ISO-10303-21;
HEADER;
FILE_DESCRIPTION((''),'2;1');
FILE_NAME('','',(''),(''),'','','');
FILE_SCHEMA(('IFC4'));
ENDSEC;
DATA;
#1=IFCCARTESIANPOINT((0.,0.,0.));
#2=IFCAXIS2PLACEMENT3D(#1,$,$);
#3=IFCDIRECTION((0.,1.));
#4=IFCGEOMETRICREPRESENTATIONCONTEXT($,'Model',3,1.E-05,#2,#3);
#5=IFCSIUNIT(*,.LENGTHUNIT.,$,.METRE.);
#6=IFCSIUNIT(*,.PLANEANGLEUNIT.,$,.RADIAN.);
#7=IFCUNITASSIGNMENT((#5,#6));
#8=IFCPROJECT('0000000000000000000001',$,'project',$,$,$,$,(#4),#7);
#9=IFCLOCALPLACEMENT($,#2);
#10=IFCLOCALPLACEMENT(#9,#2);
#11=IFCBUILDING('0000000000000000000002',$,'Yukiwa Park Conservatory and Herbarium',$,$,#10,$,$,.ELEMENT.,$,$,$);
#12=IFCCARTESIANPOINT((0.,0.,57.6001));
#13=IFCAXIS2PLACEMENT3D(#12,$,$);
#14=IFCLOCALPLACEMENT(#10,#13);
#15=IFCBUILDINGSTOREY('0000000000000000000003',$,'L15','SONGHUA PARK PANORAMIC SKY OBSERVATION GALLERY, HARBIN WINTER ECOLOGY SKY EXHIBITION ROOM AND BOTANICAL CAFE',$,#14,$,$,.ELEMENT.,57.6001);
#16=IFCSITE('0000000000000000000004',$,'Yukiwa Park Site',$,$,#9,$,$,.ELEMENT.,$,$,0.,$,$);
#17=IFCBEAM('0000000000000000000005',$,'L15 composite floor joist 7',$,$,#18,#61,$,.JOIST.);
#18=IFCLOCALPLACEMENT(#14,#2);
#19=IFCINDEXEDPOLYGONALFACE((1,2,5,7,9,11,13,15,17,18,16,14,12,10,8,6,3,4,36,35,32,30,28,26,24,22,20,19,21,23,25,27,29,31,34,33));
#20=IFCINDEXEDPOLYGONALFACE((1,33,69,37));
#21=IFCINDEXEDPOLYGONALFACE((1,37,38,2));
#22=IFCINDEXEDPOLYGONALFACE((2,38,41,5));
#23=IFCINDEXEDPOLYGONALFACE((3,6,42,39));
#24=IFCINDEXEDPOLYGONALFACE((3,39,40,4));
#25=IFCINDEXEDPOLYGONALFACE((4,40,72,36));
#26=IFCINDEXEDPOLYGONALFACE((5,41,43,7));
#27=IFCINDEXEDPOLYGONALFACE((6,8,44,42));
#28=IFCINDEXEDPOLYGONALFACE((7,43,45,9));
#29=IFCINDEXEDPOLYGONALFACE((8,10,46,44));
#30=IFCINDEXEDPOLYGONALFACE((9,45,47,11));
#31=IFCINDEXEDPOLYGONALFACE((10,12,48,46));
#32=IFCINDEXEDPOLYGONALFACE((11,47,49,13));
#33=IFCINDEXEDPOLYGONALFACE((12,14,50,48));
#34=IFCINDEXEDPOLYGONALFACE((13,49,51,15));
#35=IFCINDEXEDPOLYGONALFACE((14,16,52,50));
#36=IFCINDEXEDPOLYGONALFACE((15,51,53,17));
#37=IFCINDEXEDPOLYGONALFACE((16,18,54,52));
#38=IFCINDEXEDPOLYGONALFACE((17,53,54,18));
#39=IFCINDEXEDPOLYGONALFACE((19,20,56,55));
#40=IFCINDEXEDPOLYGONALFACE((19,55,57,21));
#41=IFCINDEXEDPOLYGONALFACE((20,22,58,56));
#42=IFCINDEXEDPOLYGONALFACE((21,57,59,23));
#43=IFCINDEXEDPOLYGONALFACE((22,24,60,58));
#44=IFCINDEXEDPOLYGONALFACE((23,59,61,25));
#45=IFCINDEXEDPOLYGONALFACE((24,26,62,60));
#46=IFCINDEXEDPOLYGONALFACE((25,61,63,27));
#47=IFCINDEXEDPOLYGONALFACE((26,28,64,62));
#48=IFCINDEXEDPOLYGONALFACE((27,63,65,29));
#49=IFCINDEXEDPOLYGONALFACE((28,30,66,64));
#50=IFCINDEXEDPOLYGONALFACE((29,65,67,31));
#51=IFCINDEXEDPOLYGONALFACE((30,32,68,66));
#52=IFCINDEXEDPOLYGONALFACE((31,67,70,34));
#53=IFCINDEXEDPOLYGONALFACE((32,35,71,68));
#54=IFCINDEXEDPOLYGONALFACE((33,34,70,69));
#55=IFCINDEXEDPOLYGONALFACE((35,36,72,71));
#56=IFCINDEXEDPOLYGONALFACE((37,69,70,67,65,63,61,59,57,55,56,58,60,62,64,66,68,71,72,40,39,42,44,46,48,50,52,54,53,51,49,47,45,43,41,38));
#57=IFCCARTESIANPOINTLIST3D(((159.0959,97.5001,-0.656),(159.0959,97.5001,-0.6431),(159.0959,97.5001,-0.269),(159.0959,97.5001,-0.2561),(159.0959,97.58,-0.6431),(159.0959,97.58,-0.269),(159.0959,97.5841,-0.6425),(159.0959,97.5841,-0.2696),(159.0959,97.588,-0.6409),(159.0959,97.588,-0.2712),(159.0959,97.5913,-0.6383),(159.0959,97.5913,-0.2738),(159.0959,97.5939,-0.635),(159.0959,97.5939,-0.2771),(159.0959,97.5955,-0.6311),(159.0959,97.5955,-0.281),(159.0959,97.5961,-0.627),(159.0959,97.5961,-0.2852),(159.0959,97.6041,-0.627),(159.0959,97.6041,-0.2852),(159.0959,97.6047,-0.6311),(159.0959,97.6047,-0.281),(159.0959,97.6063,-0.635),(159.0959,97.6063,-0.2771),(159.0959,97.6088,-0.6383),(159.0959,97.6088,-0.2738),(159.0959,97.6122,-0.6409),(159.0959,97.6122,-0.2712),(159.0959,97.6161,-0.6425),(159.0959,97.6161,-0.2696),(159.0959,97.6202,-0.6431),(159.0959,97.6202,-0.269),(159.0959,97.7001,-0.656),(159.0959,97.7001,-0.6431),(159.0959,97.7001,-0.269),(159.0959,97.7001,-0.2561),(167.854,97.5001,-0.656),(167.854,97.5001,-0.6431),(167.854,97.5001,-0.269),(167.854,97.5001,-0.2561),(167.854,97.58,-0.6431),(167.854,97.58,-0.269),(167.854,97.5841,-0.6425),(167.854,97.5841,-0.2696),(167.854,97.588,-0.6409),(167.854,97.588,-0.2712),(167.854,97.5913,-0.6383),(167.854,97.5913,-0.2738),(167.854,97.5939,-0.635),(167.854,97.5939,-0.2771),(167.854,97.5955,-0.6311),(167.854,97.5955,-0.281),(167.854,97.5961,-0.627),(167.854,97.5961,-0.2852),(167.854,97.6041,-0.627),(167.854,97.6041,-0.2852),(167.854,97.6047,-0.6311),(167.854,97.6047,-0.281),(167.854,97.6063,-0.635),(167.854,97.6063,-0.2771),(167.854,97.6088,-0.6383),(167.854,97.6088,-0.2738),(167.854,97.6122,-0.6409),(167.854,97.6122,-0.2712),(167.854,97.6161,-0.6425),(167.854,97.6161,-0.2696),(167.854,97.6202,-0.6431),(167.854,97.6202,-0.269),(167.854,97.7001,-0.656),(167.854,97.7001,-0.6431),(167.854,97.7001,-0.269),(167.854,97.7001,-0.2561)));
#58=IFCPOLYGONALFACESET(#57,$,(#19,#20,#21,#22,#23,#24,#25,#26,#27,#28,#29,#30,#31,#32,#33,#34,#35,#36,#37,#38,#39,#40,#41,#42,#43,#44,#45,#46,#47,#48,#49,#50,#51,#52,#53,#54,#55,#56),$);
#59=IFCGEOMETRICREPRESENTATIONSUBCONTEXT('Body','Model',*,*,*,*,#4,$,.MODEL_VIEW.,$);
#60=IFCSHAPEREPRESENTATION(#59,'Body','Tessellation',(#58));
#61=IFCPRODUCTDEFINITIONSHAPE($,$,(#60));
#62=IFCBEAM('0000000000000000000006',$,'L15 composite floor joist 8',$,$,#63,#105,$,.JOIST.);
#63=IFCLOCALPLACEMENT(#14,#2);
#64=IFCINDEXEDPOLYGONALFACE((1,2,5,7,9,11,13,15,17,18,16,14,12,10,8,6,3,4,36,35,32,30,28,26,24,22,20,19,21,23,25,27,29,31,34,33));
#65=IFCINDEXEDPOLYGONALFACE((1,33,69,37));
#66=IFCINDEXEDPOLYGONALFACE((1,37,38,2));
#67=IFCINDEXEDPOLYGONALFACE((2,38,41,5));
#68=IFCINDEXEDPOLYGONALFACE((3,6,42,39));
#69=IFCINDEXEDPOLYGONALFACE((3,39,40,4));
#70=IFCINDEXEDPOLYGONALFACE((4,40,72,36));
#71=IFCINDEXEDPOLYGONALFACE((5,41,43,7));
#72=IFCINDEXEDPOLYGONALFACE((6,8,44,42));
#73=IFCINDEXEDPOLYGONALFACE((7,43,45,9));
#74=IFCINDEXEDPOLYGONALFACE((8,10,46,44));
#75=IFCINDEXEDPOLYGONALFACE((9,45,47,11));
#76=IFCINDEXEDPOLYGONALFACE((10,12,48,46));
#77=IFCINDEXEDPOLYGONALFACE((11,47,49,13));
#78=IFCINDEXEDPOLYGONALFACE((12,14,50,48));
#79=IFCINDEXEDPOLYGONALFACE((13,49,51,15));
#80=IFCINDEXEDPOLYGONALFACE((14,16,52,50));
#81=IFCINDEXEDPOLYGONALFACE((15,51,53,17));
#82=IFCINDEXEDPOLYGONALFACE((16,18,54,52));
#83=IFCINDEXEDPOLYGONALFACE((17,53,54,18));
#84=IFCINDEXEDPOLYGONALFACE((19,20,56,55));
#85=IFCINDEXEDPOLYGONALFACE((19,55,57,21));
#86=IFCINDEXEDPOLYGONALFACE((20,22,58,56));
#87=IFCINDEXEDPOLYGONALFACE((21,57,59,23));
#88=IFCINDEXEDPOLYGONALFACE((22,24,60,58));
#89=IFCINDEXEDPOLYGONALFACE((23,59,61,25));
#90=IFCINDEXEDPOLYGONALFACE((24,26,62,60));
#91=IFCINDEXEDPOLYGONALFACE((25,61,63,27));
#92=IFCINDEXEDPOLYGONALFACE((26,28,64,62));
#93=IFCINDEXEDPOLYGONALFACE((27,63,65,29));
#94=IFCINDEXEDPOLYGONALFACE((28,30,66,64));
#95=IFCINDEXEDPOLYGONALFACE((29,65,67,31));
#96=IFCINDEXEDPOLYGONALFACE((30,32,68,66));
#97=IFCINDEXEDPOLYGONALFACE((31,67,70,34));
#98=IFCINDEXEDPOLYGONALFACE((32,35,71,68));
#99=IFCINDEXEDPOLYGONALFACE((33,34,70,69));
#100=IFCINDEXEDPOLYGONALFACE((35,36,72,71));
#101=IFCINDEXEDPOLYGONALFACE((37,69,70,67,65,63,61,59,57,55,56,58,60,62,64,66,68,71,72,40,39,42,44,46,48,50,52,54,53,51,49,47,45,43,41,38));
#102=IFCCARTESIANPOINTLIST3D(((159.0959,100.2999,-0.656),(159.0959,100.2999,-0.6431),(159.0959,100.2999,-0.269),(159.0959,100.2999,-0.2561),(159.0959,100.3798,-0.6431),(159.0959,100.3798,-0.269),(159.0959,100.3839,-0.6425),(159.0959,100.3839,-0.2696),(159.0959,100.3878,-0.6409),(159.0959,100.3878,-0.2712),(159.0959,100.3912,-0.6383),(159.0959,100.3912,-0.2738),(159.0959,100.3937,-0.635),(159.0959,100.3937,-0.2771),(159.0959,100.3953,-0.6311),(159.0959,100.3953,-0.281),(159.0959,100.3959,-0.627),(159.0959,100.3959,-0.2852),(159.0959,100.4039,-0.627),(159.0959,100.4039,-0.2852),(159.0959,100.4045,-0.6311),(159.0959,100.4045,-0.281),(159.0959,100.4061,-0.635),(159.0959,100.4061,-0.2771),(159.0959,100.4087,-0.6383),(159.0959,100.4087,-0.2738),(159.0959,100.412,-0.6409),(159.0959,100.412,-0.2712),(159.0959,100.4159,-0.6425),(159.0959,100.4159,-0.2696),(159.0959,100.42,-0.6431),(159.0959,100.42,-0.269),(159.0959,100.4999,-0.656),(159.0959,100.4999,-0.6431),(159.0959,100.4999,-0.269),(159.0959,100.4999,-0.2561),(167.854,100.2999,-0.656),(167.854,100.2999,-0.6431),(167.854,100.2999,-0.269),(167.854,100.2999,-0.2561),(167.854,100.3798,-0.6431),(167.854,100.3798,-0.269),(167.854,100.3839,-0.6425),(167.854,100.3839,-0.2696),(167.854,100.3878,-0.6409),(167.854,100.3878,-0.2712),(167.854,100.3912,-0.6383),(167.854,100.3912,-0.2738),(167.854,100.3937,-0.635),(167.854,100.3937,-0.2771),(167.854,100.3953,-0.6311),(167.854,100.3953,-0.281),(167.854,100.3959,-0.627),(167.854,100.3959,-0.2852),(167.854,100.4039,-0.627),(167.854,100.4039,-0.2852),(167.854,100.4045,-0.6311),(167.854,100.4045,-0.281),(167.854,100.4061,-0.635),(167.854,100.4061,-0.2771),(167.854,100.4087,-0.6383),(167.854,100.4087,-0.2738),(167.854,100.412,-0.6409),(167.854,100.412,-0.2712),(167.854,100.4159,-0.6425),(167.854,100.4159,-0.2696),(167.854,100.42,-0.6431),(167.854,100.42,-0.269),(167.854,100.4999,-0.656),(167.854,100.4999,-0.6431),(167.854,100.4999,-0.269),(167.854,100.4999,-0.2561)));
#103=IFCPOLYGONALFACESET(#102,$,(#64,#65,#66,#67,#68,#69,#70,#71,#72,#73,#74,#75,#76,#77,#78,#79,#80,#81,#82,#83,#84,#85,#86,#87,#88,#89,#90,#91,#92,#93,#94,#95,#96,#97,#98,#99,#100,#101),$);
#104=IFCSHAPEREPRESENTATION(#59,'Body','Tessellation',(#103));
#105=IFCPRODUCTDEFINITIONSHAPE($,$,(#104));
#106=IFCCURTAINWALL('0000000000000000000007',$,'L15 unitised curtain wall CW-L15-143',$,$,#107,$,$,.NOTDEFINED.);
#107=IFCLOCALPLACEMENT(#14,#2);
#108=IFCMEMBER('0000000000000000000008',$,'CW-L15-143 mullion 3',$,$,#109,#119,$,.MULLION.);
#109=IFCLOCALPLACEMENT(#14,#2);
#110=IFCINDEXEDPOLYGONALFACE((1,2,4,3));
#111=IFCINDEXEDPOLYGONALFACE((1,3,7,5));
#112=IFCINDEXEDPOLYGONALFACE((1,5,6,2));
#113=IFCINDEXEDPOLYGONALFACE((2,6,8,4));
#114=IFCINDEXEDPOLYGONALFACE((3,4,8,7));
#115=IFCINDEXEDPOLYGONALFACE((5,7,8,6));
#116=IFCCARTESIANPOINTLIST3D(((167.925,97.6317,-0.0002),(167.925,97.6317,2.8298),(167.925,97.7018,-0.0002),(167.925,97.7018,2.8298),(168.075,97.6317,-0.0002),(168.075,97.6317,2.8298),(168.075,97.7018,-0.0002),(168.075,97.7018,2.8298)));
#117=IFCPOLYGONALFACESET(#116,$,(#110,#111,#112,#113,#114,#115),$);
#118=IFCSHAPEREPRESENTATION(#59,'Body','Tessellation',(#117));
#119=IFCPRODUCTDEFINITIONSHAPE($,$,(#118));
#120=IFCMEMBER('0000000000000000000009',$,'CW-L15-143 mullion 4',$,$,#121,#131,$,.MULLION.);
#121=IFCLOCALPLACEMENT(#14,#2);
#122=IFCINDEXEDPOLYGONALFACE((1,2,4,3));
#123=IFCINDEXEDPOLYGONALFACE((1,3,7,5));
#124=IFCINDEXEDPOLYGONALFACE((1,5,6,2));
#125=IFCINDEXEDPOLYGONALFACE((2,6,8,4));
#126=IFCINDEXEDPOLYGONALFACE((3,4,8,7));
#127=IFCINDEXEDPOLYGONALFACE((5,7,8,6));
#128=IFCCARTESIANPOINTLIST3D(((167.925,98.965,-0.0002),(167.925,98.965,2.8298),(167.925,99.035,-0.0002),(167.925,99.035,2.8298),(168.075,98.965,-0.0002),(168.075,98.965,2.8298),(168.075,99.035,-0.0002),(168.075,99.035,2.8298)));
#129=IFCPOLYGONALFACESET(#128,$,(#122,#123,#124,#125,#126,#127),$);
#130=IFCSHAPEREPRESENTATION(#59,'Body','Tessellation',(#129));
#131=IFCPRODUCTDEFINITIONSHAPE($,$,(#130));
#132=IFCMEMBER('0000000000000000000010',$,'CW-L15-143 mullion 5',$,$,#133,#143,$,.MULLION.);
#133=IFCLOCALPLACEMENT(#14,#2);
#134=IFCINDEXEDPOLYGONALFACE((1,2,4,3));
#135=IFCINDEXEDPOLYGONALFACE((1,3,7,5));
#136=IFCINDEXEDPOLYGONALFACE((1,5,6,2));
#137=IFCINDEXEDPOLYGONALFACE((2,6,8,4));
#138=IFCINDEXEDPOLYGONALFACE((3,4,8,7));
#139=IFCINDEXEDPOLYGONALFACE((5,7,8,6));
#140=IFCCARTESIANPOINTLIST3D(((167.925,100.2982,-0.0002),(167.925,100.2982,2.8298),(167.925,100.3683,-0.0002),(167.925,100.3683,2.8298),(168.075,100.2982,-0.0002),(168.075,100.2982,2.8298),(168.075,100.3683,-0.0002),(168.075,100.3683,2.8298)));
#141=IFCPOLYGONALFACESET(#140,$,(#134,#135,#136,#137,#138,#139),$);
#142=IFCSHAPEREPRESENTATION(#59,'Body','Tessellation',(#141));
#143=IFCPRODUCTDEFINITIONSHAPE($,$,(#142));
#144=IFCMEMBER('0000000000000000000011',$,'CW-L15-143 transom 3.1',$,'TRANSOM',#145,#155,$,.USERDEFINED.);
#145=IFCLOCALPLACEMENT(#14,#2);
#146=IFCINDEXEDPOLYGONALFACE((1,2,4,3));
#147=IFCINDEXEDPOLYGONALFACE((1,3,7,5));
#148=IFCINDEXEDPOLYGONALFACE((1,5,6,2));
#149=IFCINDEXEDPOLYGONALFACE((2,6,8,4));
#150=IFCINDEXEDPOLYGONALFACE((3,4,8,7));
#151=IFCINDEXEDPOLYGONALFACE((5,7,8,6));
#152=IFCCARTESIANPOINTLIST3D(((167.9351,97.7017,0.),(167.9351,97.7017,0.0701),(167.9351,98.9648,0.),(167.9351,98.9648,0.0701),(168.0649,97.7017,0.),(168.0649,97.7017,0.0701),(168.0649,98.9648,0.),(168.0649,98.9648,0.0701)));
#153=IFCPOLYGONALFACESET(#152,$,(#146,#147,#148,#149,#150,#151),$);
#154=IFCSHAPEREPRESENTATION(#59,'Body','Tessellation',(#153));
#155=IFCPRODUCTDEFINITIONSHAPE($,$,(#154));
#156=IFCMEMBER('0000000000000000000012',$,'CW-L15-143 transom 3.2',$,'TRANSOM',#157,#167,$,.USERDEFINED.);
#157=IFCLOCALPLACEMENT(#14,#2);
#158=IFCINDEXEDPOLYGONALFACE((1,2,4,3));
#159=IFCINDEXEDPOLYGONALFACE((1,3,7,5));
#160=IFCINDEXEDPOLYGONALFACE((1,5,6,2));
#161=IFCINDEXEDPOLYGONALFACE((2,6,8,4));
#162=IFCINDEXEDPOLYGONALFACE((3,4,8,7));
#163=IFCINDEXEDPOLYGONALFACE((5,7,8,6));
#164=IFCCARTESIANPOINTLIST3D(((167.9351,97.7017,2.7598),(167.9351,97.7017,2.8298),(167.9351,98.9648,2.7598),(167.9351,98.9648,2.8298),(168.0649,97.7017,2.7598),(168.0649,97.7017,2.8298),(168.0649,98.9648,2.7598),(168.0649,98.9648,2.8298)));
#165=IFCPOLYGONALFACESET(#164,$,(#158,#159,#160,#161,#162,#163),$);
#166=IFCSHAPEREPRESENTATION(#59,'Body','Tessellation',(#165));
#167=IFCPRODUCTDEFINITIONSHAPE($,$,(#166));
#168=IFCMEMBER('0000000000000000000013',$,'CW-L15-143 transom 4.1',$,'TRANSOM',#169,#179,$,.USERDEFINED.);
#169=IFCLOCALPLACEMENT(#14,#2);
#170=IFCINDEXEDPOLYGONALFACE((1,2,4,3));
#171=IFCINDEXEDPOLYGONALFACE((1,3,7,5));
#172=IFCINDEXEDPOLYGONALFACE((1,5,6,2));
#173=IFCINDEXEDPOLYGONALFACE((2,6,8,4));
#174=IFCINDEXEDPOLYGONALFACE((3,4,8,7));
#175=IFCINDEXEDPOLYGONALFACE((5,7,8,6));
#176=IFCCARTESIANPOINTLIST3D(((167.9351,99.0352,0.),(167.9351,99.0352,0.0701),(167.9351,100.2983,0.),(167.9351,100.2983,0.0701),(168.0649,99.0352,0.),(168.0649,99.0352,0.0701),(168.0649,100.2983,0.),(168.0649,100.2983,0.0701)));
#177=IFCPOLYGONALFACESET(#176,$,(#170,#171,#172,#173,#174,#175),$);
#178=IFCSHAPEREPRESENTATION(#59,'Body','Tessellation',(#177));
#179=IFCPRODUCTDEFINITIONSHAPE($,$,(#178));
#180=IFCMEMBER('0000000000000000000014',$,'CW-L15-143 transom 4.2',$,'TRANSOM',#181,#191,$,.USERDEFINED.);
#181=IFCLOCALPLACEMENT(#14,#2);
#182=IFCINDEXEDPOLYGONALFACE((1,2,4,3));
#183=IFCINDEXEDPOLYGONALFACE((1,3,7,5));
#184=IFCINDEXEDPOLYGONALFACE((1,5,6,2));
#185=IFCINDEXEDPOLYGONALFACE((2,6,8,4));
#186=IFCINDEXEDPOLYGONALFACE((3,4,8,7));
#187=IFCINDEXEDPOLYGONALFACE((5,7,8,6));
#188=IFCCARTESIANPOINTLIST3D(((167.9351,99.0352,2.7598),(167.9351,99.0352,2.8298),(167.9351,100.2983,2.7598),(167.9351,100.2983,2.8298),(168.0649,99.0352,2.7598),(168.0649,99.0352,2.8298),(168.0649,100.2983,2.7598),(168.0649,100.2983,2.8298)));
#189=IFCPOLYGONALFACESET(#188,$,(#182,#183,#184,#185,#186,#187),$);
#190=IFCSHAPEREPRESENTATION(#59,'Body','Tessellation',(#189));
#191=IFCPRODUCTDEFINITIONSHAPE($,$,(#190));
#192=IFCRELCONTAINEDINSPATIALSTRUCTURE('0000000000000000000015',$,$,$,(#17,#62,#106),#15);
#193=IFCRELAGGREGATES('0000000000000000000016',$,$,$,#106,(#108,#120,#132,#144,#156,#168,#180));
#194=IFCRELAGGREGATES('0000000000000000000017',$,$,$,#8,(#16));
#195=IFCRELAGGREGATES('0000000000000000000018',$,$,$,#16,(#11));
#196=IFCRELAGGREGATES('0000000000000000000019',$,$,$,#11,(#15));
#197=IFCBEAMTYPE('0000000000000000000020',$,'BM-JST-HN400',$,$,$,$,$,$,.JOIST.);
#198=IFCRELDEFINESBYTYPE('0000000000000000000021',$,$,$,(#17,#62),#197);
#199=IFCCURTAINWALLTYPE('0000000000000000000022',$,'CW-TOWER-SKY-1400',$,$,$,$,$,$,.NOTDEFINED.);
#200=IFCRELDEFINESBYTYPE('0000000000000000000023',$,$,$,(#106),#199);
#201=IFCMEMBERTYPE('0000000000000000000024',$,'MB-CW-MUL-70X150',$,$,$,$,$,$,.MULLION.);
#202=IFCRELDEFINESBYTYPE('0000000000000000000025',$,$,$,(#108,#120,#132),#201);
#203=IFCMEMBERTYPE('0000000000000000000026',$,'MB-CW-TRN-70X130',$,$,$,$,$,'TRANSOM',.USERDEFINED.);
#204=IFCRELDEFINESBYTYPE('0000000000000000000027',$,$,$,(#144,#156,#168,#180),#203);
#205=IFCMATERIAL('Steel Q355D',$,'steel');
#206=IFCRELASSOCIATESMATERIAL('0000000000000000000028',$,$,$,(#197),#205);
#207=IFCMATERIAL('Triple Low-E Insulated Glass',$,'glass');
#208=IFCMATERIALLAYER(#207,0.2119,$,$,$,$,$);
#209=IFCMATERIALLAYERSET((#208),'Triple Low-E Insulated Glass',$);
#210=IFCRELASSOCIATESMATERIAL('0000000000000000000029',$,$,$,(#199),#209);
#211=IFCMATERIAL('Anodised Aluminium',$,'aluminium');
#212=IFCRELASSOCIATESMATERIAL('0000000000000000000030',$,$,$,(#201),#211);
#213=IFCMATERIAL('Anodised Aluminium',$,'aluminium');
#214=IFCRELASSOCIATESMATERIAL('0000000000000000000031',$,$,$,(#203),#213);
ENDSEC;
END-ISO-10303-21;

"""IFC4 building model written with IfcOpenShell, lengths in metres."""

from ifc_helpers import new_model, si_unit, direction, frame, origin, origin_2d, place, context, subcontext, project, spatial, rectangle, i_section, extrude, material, layer, layer_set, material_profile, profile_set, type_object, element, aggregate, save


model = new_model("IFC4")

# Units and contexts
model_context = context("Model", 3, precision=1e-05, world=origin(), true_north=direction((0.0, 1.0)))
body_context = subcontext(model_context, "Body", "Model", "MODEL_VIEW")
ifc_project = project(units=[si_unit("LENGTHUNIT", "METRE"), si_unit("PLANEANGLEUNIT", "RADIAN")], contexts=[model_context])

# Site, building, storey
site_placement = place(None, origin())
site = spatial("IfcSite", under=ifc_project, at=site_placement, Name="Yukiwa Park Site", CompositionType="ELEMENT", RefElevation=0.0)
building_placement = place(site_placement, origin())
building = spatial("IfcBuilding", under=site, at=building_placement, Name="Yukiwa Park Conservatory and Herbarium", CompositionType="ELEMENT")
storey_placement = place(building_placement, frame((0.0, 0.0, 57.6001)))
storey = spatial("IfcBuildingStorey", under=building, at=storey_placement, Name="L15", Description="SONGHUA PARK PANORAMIC SKY OBSERVATION GALLERY, HARBIN WINTER ECOLOGY SKY EXHIBITION ROOM AND BOTANICAL CAFE", CompositionType="ELEMENT", Elevation=57.6001)

# Beams
ifc_material_1 = material(Name="Steel Q355D", Category="steel")
ifc_material_profile_1 = material_profile(ifc_material_1, i_section(OverallWidth=0.2, OverallDepth=0.3999, WebThickness=0.0081, FlangeThickness=0.0129, FilletRadius=0.0161, at=origin_2d()), Name="HN 400x200x8x13")
ifc_profile_set_1 = profile_set([ifc_material_profile_1], Name="Steel Q355D")
beam_type_1 = type_object("IfcBeamType", Name="BM-JST-HN400", PredefinedType="JOIST", material=ifc_profile_set_1)
for number, where, z_axis, x_axis, name in (
    (1, (159.0959, 97.6001, -0.4561), (1.0, 0.0, 0.0), (0.0, 1.0, 0.0), "L15 composite floor joist 7"),
    (2, (159.0959, 100.3999, -0.4561), (1.0, 0.0, 0.0), (0.0, 1.0, 0.0), "L15 composite floor joist 8"),
):
    element("IfcBeam", number, at=place(storey_placement, frame(where, z_axis=z_axis, x_axis=x_axis)), inside=storey, type_object=beam_type_1, Name=name, PredefinedType="JOIST", context=body_context, shape_type="SweptSolid", body=[
        extrude(i_section(OverallWidth=0.2, OverallDepth=0.3999, WebThickness=0.0081, FlangeThickness=0.0129, FilletRadius=0.0161, at=origin_2d()), origin(), (0.0, 0.0, 1.0), 8.7581),
    ])

# Curtain wall, members
ifc_material_2 = material(Name="Triple Low-E Insulated Glass", Category="glass")
ifc_layer_1 = layer(ifc_material_2, 0.2119)
ifc_layer_set_1 = layer_set([ifc_layer_1], Name="Triple Low-E Insulated Glass")
curtain_wall_type = type_object("IfcCurtainWallType", Name="CW-TOWER-SKY-1400", PredefinedType="NOTDEFINED", material=ifc_layer_set_1)
curtain_wall_placement = place(storey_placement, origin())
curtain_wall = element("IfcCurtainWall", 3, at=curtain_wall_placement, inside=storey, type_object=curtain_wall_type, Name="L15 unitised curtain wall CW-L15-143", PredefinedType="NOTDEFINED")
ifc_material_3 = material(Name="Anodised Aluminium", Category="aluminium")
member_type_1 = type_object("IfcMemberType", Name="MB-CW-MUL-70X150", PredefinedType="MULLION", material=ifc_material_3)
member_1_placement = place(storey_placement, frame((168.0, 97.6667, -0.0002), z_axis=(0.0, 0.0, 1.0), x_axis=(0.0, 1.0, 0.0)))
member_1 = element("IfcMember", 4, at=member_1_placement, type_object=member_type_1, Name="CW-L15-143 mullion 3", PredefinedType="MULLION", context=body_context, shape_type="SweptSolid", body=[
    extrude(rectangle(XDim=0.0701, YDim=0.1499, at=origin_2d()), origin(), (0.0, 0.0, 1.0), 2.8301),
])
member_2_placement = place(storey_placement, frame((168.0, 99.0, -0.0002), z_axis=(0.0, 0.0, 1.0), x_axis=(0.0, 1.0, 0.0)))
member_2 = element("IfcMember", 5, at=member_2_placement, type_object=member_type_1, Name="CW-L15-143 mullion 4", PredefinedType="MULLION", context=body_context, shape_type="SweptSolid", body=[
    extrude(rectangle(XDim=0.0701, YDim=0.1499, at=origin_2d()), origin(), (0.0, 0.0, 1.0), 2.8301),
])
member_3_placement = place(storey_placement, frame((168.0, 100.3333, -0.0002), z_axis=(0.0, 0.0, 1.0), x_axis=(0.0, 1.0, 0.0)))
member_3 = element("IfcMember", 6, at=member_3_placement, type_object=member_type_1, Name="CW-L15-143 mullion 5", PredefinedType="MULLION", context=body_context, shape_type="SweptSolid", body=[
    extrude(rectangle(XDim=0.0701, YDim=0.1499, at=origin_2d()), origin(), (0.0, 0.0, 1.0), 2.8301),
])
ifc_material_4 = material(Name="Anodised Aluminium", Category="aluminium")
member_type_2 = type_object("IfcMemberType", Name="MB-CW-TRN-70X130", ElementType="TRANSOM", PredefinedType="USERDEFINED", material=ifc_material_4)
member_4_placement = place(storey_placement, frame((168.0, 98.3333, 0.0), z_axis=(0.0, 0.0, 1.0), x_axis=(0.0, 1.0, 0.0)))
member_4 = element("IfcMember", 7, at=member_4_placement, type_object=member_type_2, Name="CW-L15-143 transom 3.1", ObjectType="TRANSOM", PredefinedType="USERDEFINED", context=body_context, shape_type="SweptSolid", body=[
    extrude(rectangle(XDim=1.2632, YDim=0.1299, at=origin_2d()), origin(), (0.0, 0.0, 1.0), 0.0701),
])
member_5_placement = place(storey_placement, frame((168.0, 98.3333, 2.7598), z_axis=(0.0, 0.0, 1.0), x_axis=(0.0, 1.0, 0.0)))
member_5 = element("IfcMember", 8, at=member_5_placement, type_object=member_type_2, Name="CW-L15-143 transom 3.2", ObjectType="TRANSOM", PredefinedType="USERDEFINED", context=body_context, shape_type="SweptSolid", body=[
    extrude(rectangle(XDim=1.2632, YDim=0.1299, at=origin_2d()), origin(), (0.0, 0.0, 1.0), 0.0701),
])
member_6_placement = place(storey_placement, frame((168.0, 99.6667, 0.0), z_axis=(0.0, 0.0, 1.0), x_axis=(0.0, 1.0, 0.0)))
member_6 = element("IfcMember", 9, at=member_6_placement, type_object=member_type_2, Name="CW-L15-143 transom 4.1", ObjectType="TRANSOM", PredefinedType="USERDEFINED", context=body_context, shape_type="SweptSolid", body=[
    extrude(rectangle(XDim=1.2632, YDim=0.1299, at=origin_2d()), origin(), (0.0, 0.0, 1.0), 0.0701),
])
member_7_placement = place(storey_placement, frame((168.0, 99.6667, 2.7598), z_axis=(0.0, 0.0, 1.0), x_axis=(0.0, 1.0, 0.0)))
member_7 = element("IfcMember", 10, at=member_7_placement, type_object=member_type_2, Name="CW-L15-143 transom 4.2", ObjectType="TRANSOM", PredefinedType="USERDEFINED", context=body_context, shape_type="SweptSolid", body=[
    extrude(rectangle(XDim=1.2632, YDim=0.1299, at=origin_2d()), origin(), (0.0, 0.0, 1.0), 0.0701),
])
aggregate(curtain_wall, [member_1, member_2, member_3, member_4, member_5, member_6, member_7])

save(model, "model.ifc")
